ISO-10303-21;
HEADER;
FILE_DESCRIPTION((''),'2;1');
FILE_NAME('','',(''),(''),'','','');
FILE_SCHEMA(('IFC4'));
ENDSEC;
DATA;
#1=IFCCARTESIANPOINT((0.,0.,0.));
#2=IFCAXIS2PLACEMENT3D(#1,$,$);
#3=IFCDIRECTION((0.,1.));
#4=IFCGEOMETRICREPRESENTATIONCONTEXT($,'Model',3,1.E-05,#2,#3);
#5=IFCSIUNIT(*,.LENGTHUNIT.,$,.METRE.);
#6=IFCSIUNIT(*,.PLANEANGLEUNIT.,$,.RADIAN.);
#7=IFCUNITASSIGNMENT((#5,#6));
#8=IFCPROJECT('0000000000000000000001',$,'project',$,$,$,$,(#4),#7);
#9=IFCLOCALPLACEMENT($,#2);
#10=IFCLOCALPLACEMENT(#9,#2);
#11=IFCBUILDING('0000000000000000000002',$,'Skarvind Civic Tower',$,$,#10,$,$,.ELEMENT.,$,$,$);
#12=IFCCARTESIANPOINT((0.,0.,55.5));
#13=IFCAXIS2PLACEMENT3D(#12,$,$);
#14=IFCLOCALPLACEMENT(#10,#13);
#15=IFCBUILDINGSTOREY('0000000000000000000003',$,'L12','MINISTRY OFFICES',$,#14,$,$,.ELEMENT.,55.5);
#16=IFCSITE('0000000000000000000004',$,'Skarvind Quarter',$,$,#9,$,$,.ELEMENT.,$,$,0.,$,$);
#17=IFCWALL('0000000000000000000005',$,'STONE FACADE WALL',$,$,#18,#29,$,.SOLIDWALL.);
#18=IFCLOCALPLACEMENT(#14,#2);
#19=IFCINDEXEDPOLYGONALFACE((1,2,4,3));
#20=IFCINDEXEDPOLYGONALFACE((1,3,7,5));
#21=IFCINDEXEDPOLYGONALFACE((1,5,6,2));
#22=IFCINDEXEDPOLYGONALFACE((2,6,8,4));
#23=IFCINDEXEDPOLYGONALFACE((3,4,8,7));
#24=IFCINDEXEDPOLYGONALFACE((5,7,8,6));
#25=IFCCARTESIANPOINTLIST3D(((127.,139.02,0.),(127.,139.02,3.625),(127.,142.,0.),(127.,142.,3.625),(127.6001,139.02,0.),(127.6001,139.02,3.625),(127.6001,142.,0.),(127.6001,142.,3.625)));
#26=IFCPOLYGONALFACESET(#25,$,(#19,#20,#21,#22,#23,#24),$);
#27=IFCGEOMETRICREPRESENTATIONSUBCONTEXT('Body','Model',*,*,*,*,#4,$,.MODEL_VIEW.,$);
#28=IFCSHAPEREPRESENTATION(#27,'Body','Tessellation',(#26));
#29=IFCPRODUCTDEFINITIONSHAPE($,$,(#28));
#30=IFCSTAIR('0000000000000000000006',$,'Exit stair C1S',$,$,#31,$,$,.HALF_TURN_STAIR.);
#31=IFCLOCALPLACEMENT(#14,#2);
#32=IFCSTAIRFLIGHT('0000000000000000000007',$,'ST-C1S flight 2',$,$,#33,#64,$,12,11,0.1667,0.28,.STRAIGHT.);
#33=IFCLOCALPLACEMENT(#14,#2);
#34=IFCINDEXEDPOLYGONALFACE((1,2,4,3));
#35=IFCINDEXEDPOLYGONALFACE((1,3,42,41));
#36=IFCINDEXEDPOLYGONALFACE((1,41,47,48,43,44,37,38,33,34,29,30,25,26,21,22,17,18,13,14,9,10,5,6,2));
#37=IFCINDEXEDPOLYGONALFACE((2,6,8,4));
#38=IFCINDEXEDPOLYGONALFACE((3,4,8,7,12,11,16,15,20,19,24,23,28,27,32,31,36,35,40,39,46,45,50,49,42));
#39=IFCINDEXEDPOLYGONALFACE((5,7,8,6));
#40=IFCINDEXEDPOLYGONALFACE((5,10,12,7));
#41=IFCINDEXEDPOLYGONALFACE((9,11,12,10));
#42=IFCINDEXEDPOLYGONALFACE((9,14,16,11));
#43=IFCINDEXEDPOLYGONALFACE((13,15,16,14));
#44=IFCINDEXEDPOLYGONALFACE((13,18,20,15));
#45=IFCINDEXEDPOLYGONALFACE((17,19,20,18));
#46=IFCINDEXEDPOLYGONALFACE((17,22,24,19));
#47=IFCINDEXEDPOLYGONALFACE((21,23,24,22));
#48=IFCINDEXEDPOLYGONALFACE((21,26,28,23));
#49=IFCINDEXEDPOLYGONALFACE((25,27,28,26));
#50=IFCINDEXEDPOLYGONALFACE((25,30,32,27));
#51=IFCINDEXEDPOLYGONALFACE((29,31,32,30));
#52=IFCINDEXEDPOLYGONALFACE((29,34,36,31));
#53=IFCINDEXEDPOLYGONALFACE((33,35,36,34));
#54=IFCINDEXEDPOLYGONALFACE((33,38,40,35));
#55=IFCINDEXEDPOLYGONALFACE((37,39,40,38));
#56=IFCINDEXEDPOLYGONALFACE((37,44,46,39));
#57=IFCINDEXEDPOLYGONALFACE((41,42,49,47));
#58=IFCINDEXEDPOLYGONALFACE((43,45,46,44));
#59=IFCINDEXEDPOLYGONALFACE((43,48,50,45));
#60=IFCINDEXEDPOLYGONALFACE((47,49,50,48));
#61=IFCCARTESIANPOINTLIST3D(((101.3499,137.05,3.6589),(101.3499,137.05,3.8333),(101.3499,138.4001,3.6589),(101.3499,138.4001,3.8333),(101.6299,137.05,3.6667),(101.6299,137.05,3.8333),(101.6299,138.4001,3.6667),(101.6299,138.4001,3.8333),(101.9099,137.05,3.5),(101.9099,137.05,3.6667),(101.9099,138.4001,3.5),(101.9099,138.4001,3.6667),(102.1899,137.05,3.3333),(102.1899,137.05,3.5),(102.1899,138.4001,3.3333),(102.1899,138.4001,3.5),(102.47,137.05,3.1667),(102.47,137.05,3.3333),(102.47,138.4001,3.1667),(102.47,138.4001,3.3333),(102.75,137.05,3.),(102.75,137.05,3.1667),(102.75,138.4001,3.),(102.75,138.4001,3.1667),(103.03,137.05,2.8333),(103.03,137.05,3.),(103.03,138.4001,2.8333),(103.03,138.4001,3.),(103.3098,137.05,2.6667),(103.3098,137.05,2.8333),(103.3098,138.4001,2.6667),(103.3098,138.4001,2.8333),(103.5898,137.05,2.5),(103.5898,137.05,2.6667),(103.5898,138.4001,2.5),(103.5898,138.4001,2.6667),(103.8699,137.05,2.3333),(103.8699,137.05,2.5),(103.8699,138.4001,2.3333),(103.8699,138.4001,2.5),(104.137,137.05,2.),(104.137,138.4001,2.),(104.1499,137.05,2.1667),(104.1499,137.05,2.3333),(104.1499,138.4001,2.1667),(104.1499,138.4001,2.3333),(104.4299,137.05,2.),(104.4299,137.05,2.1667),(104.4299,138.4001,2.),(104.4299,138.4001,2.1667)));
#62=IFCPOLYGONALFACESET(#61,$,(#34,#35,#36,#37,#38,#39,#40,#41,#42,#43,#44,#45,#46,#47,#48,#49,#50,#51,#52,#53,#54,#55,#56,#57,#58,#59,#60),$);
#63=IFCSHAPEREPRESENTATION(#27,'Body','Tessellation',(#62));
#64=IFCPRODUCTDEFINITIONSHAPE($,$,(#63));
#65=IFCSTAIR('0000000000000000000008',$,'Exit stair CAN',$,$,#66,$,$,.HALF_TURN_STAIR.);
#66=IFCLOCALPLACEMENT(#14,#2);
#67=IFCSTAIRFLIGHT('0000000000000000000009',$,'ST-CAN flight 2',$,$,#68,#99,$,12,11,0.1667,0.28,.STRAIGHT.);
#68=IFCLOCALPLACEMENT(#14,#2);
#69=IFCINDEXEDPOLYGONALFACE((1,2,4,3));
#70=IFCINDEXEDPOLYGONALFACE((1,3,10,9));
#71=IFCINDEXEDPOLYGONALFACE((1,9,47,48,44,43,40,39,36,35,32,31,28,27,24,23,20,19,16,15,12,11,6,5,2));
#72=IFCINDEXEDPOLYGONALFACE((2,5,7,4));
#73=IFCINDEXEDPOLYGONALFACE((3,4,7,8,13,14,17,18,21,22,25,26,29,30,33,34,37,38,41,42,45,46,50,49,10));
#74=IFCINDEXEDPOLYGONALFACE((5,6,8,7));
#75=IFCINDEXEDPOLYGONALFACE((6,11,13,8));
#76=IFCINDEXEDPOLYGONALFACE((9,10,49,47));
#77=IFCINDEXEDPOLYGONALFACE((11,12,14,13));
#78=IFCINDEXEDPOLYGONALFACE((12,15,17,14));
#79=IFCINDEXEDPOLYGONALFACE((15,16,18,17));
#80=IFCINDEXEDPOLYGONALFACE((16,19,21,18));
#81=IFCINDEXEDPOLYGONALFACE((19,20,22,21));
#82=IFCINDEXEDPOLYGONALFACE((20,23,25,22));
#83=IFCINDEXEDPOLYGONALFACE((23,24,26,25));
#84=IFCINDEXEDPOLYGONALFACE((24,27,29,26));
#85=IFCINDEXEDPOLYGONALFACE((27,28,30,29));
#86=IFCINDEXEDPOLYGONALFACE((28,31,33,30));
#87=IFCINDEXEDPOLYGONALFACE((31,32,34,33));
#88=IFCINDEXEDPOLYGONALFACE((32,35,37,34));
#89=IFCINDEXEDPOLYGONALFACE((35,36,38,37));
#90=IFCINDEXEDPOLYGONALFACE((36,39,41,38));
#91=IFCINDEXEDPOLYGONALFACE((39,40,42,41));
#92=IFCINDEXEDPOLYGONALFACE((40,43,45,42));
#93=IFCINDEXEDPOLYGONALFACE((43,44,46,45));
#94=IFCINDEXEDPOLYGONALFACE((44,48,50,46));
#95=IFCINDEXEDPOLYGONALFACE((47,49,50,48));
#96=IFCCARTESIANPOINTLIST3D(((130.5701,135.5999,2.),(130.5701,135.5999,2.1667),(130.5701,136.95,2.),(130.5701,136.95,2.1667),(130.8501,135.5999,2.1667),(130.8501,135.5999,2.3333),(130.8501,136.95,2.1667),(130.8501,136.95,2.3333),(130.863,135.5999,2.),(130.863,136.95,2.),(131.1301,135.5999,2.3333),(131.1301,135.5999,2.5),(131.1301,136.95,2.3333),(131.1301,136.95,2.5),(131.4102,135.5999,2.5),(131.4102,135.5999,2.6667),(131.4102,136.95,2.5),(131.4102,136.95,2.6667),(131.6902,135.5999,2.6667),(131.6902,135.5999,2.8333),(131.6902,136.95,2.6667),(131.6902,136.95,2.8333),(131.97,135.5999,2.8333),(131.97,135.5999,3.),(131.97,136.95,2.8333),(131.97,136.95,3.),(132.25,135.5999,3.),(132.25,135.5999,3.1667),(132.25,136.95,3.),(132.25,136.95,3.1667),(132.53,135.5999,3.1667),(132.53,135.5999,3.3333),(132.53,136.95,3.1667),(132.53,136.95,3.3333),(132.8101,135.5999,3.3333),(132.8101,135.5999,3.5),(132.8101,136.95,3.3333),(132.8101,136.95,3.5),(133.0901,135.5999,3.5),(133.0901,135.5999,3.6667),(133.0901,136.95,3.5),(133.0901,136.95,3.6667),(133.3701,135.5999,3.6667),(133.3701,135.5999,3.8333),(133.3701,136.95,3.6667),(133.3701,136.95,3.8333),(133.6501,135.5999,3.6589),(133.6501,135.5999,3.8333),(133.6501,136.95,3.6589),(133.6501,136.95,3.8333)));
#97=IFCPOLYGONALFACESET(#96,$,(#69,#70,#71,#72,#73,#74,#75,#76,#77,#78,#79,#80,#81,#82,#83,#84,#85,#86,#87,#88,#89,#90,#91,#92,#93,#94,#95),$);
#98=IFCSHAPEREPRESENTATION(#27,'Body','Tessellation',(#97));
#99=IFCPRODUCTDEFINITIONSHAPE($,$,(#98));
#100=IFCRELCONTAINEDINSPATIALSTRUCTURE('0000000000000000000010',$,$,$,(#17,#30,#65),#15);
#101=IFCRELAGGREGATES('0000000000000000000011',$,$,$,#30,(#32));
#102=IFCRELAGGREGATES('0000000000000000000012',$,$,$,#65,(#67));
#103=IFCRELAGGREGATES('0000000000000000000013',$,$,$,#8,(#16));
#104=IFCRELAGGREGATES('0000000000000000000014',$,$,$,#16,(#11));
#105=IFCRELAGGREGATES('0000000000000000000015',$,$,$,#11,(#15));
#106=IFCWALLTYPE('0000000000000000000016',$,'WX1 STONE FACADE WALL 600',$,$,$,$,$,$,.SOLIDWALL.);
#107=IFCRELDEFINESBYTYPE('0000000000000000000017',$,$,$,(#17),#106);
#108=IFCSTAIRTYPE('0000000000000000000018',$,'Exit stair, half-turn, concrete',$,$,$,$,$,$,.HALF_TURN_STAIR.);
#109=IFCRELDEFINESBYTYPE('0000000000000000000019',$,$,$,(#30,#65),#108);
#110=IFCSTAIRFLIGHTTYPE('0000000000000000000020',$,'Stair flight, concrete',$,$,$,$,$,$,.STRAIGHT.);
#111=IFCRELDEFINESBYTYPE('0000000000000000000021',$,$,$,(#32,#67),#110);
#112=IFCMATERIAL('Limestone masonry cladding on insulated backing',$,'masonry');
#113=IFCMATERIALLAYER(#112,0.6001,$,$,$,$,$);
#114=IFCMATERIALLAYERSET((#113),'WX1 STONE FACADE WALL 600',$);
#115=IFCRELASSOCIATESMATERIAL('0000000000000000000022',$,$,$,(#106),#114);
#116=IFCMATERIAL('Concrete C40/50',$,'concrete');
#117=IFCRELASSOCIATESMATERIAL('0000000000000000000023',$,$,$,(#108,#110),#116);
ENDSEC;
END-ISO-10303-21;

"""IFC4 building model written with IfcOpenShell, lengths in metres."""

from ifc_helpers import new_model, si_unit, direction, frame, frame_2d, origin, place, context, subcontext, project, spatial, polyline, rectangle, outline, extrude, material, layer, layer_set, type_object, element, aggregate, save


model = new_model("IFC4")

# Units and contexts
model_context = context("Model", 3, precision=1e-05, world=origin(), true_north=direction((0.0, 1.0)))
body_context = subcontext(model_context, "Body", "Model", "MODEL_VIEW")
ifc_project = project(units=[si_unit("LENGTHUNIT", "METRE"), si_unit("PLANEANGLEUNIT", "RADIAN")], contexts=[model_context])

# Site, building, storey
site_placement = place(None, origin())
site = spatial("IfcSite", under=ifc_project, at=site_placement, Name="Skarvind Quarter", CompositionType="ELEMENT", RefElevation=0.0)
building_placement = place(site_placement, origin())
building = spatial("IfcBuilding", under=site, at=building_placement, Name="Skarvind Civic Tower", CompositionType="ELEMENT")
storey_placement = place(building_placement, frame((0.0, 0.0, 55.5)))
storey = spatial("IfcBuildingStorey", under=building, at=storey_placement, Name="L12", Description="MINISTRY OFFICES", CompositionType="ELEMENT", Elevation=55.5)

# Wall
ifc_material_1 = material(Name="Limestone masonry cladding on insulated backing", Category="masonry")
ifc_layer_1 = layer(ifc_material_1, 0.6001)
ifc_layer_set_1 = layer_set([ifc_layer_1], Name="WX1 STONE FACADE WALL 600")
wall_type_1 = type_object("IfcWallType", Name="WX1 STONE FACADE WALL 600", PredefinedType="SOLIDWALL", material=ifc_layer_set_1)
wall_1_placement = place(storey_placement, frame((127.3, 139.02, 0.0), z_axis=(0.0, 0.0, 1.0), x_axis=(0.0, 1.0, 0.0)))
element("IfcWall", 1, at=wall_1_placement, inside=storey, type_object=wall_type_1, Name="STONE FACADE WALL", PredefinedType="SOLIDWALL", context=body_context, shape_type="SweptSolid", body=[
    extrude(rectangle(XDim=2.98, YDim=0.6001, at=frame_2d((1.49, 0.0))), origin(), (0.0, 0.0, 1.0), 3.625),
])

# Stairs, stair flights
ifc_material_2 = material(Name="Concrete C40/50", Category="concrete")
stair_type = type_object("IfcStairType", Name="Exit stair, half-turn, concrete", PredefinedType="HALF_TURN_STAIR", material=ifc_material_2)
stair_1_placement = place(storey_placement, origin())
stair_1 = element("IfcStair", 2, at=stair_1_placement, inside=storey, type_object=stair_type, Name="Exit stair C1S", PredefinedType="HALF_TURN_STAIR")
stair_flight_type = type_object("IfcStairFlightType", Name="Stair flight, concrete", PredefinedType="STRAIGHT", material=ifc_material_2)
stair_flight_1_placement = place(storey_placement, frame((104.4299, 137.7251, 2.0), z_axis=(0.0, 0.0, 1.0), x_axis=(-1.0, 0.0, 0.0)))
stair_flight_1 = element("IfcStairFlight", 3, at=stair_flight_1_placement, type_object=stair_flight_type, Name="ST-C1S flight 2", NumberOfRisers=12, NumberOfTreads=11, PredefinedType="STRAIGHT", RiserHeight=0.1667, TreadLength=0.28, context=body_context, shape_type="SweptSolid", body=[
    extrude(outline(polyline([(0.0, 0.0), (0.0, 0.1667), (0.28, 0.1667), (0.28, 0.3333), (0.5601, 0.3333), (0.5601, 0.5), (0.8401, 0.5), (0.8401, 0.6667), (1.1201, 0.6667), (1.1201, 0.8333), (1.3999, 0.8333), (1.3999, 1.0), (1.6799, 1.0), (1.6799, 1.1667), (1.96, 1.1667), (1.96, 1.3333), (2.24, 1.3333), (2.24, 1.5), (2.52, 1.5), (2.52, 1.6667), (2.8, 1.6667), (2.8, 1.8333), (3.0801, 1.8333), (3.0801, 2.0), (3.0801, 1.6589), (0.293, 0.0), (0.0, 0.0)])), frame((0.0, 0.675, 0.0), z_axis=(0.0, -1.0, 0.0), x_axis=(1.0, 0.0, 0.0)), (0.0, 0.0, 1.0), 1.3501),
])
aggregate(stair_1, [stair_flight_1])
stair_2_placement = place(storey_placement, origin())
stair_2 = element("IfcStair", 4, at=stair_2_placement, inside=storey, type_object=stair_type, Name="Exit stair CAN", PredefinedType="HALF_TURN_STAIR")
stair_flight_2_placement = place(storey_placement, frame((130.5701, 136.2749, 2.0), z_axis=(0.0, 0.0, 1.0), x_axis=(1.0, 0.0, 0.0)))
stair_flight_2 = element("IfcStairFlight", 5, at=stair_flight_2_placement, type_object=stair_flight_type, Name="ST-CAN flight 2", NumberOfRisers=12, NumberOfTreads=11, PredefinedType="STRAIGHT", RiserHeight=0.1667, TreadLength=0.28, context=body_context, shape_type="SweptSolid", body=[
    extrude(outline(polyline([(0.0, 0.0), (0.0, 0.1667), (0.28, 0.1667), (0.28, 0.3333), (0.5601, 0.3333), (0.5601, 0.5), (0.8401, 0.5), (0.8401, 0.6667), (1.1201, 0.6667), (1.1201, 0.8333), (1.3999, 0.8333), (1.3999, 1.0), (1.6799, 1.0), (1.6799, 1.1667), (1.96, 1.1667), (1.96, 1.3333), (2.24, 1.3333), (2.24, 1.5), (2.52, 1.5), (2.52, 1.6667), (2.8, 1.6667), (2.8, 1.8333), (3.0801, 1.8333), (3.0801, 2.0), (3.0801, 1.6589), (0.293, 0.0), (0.0, 0.0)])), frame((0.0, 0.675, 0.0), z_axis=(0.0, -1.0, 0.0), x_axis=(1.0, 0.0, 0.0)), (0.0, 0.0, 1.0), 1.3501),
])
aggregate(stair_2, [stair_flight_2])

save(model, "model.ifc")
